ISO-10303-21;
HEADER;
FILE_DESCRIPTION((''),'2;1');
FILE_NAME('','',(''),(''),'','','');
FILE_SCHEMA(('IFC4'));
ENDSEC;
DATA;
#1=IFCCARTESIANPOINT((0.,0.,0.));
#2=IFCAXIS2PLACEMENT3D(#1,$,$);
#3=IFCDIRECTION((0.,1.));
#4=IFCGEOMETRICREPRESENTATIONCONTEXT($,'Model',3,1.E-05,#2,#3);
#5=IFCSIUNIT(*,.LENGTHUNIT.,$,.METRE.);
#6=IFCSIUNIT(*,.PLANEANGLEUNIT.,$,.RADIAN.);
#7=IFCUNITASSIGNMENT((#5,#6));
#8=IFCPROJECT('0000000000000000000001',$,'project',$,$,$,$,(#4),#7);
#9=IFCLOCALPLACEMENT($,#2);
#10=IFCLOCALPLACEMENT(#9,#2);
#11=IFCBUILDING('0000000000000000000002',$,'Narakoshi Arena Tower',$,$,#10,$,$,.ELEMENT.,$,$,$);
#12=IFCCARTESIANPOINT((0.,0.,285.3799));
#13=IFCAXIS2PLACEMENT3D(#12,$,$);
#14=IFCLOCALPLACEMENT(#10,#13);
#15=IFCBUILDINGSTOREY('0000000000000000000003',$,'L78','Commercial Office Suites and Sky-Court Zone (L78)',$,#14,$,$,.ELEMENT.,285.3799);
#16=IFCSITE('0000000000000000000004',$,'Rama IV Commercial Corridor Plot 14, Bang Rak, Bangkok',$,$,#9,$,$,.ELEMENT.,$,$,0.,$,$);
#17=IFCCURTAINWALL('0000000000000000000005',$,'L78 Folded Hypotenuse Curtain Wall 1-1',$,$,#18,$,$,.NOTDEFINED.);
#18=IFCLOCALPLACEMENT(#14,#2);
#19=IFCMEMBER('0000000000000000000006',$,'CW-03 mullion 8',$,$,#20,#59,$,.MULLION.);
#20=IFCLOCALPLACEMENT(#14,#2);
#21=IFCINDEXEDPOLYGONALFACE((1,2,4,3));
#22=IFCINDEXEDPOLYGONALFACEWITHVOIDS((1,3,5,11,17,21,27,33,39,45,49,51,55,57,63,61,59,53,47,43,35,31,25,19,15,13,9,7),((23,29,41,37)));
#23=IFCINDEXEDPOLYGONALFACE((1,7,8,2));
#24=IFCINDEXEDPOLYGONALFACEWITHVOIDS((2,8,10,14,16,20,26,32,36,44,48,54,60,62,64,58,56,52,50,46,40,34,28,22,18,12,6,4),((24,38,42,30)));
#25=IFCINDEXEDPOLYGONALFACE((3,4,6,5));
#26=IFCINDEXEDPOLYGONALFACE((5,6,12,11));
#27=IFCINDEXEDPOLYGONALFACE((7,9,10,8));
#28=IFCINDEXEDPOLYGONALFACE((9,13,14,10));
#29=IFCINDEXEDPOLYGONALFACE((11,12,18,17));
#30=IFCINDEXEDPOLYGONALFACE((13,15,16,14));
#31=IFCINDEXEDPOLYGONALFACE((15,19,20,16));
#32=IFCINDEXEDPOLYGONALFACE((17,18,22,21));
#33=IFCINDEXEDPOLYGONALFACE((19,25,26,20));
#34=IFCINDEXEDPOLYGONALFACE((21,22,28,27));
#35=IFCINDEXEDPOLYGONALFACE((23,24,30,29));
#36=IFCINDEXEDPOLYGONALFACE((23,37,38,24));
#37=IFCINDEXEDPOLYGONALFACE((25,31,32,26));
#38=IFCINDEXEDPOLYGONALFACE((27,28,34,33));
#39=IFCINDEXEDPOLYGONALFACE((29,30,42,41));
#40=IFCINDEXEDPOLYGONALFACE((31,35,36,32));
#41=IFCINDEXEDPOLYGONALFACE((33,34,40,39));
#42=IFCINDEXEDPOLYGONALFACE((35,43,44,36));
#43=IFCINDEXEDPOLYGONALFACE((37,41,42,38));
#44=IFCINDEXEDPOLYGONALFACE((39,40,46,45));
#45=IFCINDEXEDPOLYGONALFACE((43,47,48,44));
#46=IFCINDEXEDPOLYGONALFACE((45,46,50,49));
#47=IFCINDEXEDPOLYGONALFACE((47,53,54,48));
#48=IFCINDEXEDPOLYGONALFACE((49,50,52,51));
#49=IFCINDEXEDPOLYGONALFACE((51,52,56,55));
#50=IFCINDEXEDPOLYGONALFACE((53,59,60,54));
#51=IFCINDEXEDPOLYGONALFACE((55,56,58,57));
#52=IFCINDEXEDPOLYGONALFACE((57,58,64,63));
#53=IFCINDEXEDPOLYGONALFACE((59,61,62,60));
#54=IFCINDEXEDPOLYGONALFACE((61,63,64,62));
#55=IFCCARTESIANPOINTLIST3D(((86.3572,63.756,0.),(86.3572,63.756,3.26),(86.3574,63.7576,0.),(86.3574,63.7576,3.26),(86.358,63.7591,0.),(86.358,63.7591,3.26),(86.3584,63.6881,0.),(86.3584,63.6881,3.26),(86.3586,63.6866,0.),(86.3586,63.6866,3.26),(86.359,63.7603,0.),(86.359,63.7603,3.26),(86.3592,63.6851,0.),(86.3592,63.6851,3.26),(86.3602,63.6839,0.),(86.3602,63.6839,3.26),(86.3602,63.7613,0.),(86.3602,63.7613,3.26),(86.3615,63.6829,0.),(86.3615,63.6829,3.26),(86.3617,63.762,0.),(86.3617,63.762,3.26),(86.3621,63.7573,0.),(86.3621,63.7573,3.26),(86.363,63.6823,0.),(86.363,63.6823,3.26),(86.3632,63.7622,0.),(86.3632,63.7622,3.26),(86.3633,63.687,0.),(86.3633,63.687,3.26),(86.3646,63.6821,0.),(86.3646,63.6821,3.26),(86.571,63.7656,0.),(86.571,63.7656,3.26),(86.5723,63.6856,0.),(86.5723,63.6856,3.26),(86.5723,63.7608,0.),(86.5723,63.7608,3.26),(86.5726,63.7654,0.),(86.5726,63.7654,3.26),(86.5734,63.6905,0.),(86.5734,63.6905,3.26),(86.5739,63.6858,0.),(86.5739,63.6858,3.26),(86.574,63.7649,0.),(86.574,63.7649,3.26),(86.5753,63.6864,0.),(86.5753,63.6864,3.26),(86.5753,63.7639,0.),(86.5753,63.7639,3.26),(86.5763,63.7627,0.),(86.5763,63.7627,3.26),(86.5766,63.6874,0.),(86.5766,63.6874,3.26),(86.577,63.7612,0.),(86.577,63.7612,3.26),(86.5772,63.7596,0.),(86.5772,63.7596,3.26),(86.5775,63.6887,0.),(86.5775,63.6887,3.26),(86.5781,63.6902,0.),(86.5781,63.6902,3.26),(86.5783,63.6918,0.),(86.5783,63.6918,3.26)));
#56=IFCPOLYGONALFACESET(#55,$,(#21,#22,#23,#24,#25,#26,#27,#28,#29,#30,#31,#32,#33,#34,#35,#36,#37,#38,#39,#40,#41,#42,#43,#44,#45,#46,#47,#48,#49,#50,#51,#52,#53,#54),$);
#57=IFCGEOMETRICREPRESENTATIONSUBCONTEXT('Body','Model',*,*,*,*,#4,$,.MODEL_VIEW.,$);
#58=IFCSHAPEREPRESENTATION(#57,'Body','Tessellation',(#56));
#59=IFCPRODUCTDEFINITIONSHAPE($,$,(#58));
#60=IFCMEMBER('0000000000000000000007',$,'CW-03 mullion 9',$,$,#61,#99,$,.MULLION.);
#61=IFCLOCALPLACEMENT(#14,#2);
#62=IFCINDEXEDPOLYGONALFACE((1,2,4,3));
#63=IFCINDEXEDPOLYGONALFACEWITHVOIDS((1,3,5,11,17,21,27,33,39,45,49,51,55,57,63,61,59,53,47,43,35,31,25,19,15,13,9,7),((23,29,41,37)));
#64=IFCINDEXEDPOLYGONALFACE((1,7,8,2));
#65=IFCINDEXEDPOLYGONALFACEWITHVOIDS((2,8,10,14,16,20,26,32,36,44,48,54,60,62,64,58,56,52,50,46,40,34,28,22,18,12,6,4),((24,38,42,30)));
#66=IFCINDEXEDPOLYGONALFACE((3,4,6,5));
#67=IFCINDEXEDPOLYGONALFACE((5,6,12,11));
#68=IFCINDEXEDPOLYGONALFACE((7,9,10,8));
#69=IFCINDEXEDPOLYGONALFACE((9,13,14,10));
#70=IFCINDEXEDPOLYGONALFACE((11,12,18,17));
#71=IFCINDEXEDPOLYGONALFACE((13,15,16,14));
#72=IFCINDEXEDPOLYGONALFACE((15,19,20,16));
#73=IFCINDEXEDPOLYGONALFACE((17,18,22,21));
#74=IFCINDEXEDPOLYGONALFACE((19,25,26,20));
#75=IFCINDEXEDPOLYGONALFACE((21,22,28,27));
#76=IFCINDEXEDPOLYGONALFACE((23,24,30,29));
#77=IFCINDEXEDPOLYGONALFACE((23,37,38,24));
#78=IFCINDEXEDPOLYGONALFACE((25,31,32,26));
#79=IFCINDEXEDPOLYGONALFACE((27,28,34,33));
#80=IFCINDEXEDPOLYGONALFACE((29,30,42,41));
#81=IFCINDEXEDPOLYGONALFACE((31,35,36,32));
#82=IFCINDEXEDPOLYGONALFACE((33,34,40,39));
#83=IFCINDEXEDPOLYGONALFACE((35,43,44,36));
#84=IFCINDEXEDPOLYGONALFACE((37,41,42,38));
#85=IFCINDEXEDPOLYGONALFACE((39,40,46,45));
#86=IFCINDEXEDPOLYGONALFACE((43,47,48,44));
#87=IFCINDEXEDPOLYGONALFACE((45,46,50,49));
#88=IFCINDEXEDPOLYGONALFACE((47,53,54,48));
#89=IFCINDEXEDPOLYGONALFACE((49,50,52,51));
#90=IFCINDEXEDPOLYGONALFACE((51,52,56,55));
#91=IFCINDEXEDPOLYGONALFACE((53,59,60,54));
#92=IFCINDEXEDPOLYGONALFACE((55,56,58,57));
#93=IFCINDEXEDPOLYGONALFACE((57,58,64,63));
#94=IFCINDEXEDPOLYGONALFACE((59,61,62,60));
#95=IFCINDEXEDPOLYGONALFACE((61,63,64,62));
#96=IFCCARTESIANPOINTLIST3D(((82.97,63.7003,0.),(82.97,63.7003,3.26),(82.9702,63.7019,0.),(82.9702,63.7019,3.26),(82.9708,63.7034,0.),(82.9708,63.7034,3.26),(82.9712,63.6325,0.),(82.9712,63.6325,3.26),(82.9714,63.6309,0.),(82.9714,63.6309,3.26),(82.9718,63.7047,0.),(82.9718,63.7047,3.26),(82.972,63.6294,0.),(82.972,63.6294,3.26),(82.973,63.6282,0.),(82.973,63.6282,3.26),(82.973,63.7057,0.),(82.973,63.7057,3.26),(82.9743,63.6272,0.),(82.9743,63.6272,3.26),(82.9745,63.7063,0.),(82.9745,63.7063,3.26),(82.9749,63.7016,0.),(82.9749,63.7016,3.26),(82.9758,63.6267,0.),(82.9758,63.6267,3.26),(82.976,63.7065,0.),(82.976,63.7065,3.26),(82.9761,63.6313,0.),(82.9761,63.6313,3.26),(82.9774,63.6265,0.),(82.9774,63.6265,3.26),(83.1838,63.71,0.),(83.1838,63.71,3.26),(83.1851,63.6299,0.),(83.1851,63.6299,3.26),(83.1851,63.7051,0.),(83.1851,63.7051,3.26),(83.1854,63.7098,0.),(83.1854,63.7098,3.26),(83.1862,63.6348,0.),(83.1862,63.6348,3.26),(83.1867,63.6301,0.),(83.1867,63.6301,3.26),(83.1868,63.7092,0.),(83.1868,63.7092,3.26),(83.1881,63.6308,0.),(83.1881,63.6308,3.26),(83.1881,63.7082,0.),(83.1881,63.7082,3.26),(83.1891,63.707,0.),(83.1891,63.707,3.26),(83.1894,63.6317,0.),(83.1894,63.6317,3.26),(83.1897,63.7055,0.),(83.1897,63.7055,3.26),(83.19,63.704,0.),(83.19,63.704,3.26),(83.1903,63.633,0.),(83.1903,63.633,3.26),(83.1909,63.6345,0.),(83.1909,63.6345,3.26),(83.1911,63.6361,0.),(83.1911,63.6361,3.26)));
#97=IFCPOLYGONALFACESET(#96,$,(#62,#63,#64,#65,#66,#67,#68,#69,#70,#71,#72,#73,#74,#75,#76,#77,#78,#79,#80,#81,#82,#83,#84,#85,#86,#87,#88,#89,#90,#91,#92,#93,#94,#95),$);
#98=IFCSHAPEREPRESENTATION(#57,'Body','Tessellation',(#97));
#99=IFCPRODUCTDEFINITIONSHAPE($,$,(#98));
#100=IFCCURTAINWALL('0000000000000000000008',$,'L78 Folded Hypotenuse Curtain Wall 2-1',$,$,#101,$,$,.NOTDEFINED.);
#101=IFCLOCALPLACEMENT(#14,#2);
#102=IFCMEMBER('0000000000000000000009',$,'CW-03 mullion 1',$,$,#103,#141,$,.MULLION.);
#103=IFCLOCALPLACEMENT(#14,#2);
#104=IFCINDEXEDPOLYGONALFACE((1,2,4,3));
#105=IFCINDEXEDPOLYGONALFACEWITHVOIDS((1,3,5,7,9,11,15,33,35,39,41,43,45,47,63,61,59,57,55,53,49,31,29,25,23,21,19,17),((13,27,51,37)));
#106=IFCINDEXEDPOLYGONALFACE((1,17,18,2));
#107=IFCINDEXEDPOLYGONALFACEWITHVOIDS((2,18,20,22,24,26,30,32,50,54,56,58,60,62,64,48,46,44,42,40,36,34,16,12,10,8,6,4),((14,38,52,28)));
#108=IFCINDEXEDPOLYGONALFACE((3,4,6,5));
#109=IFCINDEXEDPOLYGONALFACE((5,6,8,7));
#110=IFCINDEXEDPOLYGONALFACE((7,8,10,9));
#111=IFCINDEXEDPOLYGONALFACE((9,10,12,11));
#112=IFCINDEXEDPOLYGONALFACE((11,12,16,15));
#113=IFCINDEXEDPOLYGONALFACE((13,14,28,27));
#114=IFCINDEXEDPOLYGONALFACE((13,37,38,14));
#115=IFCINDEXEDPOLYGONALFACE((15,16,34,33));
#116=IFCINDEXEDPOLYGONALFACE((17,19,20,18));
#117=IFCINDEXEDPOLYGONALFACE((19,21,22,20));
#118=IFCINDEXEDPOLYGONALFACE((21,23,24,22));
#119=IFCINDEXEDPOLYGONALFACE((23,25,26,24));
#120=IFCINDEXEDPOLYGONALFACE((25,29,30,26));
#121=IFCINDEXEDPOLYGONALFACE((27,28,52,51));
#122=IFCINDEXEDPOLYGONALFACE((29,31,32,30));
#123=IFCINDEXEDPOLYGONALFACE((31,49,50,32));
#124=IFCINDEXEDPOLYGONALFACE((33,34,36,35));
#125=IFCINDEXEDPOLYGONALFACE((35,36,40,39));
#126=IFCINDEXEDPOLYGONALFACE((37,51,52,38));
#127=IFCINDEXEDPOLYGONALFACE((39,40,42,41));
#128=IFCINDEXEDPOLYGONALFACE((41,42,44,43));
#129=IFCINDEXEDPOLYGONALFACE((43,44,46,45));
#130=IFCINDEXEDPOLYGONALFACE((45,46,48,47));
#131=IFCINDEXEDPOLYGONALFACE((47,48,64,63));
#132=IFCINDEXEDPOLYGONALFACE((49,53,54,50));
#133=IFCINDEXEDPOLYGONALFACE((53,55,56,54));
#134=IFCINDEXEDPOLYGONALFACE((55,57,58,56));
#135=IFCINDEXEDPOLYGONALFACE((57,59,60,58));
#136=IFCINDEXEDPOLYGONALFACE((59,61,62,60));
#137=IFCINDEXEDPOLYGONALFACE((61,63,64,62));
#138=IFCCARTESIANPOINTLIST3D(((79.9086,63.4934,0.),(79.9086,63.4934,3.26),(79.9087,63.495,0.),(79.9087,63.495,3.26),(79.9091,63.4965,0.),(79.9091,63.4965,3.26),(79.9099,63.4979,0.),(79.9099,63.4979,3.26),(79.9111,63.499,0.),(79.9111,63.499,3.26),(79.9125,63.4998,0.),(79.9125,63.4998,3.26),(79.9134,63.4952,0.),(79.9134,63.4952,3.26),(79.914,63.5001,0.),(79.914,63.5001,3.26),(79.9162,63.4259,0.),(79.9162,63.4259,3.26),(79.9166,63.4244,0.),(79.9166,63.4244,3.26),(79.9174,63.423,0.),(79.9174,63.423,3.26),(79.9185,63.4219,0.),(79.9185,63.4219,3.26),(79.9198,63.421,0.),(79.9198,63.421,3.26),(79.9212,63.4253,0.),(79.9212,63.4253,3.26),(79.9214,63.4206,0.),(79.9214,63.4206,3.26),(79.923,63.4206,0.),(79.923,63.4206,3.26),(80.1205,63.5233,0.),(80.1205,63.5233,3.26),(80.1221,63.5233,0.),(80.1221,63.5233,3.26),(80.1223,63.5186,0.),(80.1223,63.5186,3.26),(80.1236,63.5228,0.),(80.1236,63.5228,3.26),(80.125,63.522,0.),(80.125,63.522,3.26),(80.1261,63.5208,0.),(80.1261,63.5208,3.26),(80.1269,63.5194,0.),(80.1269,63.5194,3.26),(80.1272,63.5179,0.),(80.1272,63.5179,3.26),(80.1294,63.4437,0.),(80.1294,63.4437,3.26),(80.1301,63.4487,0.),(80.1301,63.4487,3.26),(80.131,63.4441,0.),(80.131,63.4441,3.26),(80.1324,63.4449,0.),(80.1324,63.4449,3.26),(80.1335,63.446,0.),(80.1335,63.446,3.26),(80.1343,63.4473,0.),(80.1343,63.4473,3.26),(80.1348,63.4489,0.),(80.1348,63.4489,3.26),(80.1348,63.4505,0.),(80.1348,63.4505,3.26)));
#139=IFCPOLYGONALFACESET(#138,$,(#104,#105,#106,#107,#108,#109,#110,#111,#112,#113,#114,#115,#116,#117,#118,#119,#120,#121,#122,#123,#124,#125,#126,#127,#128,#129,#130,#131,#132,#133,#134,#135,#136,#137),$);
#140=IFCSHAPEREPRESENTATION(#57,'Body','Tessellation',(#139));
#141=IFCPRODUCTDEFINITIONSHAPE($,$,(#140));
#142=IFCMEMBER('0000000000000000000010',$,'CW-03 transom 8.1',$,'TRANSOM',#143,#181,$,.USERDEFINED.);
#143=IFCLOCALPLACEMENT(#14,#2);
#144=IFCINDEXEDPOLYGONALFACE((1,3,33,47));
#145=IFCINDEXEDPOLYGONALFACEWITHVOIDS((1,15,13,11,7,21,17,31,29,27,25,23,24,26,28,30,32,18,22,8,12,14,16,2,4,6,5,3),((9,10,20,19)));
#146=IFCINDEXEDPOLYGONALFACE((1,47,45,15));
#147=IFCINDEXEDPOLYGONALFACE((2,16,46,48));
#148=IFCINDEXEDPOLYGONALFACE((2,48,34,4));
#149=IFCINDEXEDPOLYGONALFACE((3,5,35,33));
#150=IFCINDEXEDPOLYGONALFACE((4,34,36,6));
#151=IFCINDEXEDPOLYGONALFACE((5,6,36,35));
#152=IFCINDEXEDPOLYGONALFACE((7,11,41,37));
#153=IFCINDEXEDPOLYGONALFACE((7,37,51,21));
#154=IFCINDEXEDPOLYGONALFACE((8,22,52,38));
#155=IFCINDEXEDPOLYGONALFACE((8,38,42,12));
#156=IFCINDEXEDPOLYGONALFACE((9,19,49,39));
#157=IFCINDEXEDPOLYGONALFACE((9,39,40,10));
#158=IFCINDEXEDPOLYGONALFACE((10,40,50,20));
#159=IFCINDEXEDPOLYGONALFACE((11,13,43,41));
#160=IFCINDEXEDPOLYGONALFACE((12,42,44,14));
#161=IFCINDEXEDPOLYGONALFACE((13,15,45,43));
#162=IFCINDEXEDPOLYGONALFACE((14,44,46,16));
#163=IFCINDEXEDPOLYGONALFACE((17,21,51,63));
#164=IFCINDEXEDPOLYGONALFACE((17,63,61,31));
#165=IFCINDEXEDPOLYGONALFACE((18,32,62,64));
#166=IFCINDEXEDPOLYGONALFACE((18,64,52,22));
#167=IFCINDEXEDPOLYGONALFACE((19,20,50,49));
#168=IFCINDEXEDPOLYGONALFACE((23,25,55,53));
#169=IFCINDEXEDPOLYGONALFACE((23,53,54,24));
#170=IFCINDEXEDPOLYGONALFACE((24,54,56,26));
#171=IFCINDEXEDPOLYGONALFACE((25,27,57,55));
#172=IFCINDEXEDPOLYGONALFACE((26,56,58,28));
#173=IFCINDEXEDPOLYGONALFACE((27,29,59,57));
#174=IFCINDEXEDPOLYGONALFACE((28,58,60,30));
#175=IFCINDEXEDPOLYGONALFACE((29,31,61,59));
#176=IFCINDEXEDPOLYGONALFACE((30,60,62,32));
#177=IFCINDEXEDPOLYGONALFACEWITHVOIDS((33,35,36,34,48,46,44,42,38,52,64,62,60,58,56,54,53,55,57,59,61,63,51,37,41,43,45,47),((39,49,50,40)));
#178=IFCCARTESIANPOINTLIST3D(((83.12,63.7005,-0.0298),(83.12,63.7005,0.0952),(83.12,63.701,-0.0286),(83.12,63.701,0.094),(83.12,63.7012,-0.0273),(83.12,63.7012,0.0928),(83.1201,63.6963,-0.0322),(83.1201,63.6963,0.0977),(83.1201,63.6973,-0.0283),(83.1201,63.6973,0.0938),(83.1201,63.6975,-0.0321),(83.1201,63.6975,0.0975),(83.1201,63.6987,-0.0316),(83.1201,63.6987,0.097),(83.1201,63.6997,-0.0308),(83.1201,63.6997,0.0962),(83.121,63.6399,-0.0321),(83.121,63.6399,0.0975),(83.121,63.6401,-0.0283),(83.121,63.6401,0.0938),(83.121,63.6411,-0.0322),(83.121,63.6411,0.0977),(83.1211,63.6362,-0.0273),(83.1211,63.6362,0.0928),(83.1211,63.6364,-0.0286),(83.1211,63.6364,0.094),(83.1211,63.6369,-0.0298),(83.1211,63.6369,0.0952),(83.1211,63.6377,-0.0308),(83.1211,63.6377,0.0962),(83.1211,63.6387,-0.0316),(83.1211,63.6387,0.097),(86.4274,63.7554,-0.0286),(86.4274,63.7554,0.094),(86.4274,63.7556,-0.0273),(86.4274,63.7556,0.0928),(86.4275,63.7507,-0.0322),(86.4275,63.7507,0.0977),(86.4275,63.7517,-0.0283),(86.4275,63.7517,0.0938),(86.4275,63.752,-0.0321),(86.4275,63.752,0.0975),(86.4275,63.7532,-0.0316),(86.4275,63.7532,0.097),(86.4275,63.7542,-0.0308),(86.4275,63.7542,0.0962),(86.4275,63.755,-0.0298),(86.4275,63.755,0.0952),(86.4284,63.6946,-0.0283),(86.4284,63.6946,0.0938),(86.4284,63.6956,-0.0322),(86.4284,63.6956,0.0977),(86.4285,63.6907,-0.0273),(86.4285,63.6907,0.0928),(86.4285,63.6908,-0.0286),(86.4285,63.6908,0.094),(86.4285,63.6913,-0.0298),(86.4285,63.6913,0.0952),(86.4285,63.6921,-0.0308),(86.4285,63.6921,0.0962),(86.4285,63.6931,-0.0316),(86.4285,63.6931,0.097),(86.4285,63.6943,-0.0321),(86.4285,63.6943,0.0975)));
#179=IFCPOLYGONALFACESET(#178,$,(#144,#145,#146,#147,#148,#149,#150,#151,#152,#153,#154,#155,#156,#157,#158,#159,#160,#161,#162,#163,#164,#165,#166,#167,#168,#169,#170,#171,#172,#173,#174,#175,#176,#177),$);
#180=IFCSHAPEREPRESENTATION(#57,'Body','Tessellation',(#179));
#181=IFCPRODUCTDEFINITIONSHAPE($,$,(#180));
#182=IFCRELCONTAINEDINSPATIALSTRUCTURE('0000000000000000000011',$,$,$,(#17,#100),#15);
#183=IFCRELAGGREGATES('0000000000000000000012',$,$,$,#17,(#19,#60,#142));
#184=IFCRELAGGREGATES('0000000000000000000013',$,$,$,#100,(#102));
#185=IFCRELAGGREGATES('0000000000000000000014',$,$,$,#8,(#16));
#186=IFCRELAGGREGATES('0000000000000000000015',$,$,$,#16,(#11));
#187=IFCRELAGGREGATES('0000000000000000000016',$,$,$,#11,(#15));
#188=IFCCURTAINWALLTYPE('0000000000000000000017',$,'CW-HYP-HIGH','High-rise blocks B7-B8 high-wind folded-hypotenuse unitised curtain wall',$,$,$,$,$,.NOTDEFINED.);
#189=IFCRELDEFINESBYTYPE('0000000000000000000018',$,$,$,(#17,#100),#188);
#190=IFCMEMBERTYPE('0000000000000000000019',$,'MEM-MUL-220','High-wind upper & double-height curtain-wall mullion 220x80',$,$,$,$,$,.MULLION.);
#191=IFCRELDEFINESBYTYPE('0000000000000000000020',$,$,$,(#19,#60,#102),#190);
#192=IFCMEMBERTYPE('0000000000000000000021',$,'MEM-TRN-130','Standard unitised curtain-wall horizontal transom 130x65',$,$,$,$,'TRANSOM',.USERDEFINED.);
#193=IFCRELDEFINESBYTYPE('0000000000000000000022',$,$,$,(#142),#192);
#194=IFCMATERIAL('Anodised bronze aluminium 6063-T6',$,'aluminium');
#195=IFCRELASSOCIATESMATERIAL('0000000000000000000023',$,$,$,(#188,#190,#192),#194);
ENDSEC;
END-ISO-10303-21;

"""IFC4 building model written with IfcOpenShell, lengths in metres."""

from ifc_helpers import new_model, si_unit, direction, frame, origin, origin_2d, place, context, subcontext, project, spatial, hollow_rectangle, extrude, material, material_profile, profile_set, type_object, element, aggregate, save


model = new_model("IFC4")

# Units and contexts
model_context = context("Model", 3, precision=1e-05, world=origin(), true_north=direction((0.0, 1.0)))
body_context = subcontext(model_context, "Body", "Model", "MODEL_VIEW")
ifc_project = project(units=[si_unit("LENGTHUNIT", "METRE"), si_unit("PLANEANGLEUNIT", "RADIAN")], contexts=[model_context])

# Site, building, storey
site_placement = place(None, origin())
site = spatial("IfcSite", under=ifc_project, at=site_placement, Name="Rama IV Commercial Corridor Plot 14, Bang Rak, Bangkok", CompositionType="ELEMENT", RefElevation=0.0)
building_placement = place(site_placement, origin())
building = spatial("IfcBuilding", under=site, at=building_placement, Name="Narakoshi Arena Tower", CompositionType="ELEMENT")
storey_placement = place(building_placement, frame((0.0, 0.0, 285.3799)))
storey = spatial("IfcBuildingStorey", under=building, at=storey_placement, Name="L78", Description="Commercial Office Suites and Sky-Court Zone (L78)", CompositionType="ELEMENT", Elevation=285.3799)

# Curtain wall, members
ifc_material_1 = material(Name="Anodised bronze aluminium 6063-T6", Category="aluminium")
curtain_wall_type = type_object("IfcCurtainWallType", Name="CW-HYP-HIGH", Description="High-rise blocks B7-B8 high-wind folded-hypotenuse unitised curtain wall", PredefinedType="NOTDEFINED", material=ifc_material_1)
curtain_wall_1_placement = place(storey_placement, origin())
curtain_wall_1 = element("IfcCurtainWall", 1, at=curtain_wall_1_placement, inside=storey, type_object=curtain_wall_type, Name="L78 Folded Hypotenuse Curtain Wall 1-1", PredefinedType="NOTDEFINED")
ifc_material_profile_1 = material_profile(ifc_material_1, hollow_rectangle(XDim=0.0801, YDim=0.22, WallThickness=0.0049, OuterFilletRadius=0.0061, at=origin_2d()), Name="MUL220x80x5")
ifc_profile_set_1 = profile_set([ifc_material_profile_1], Name="Anodised bronze aluminium 6063-T6")
member_type_1 = type_object("IfcMemberType", Name="MEM-MUL-220", Description="High-wind upper & double-height curtain-wall mullion 220x80", PredefinedType="MULLION", material=ifc_profile_set_1)
member_1_placement = place(storey_placement, frame((86.4678, 63.7239, 0.0), z_axis=(0.0, 0.0, 1.0), x_axis=(0.016443, -0.999865, 0.0)))
member_1 = element("IfcMember", 2, at=member_1_placement, type_object=member_type_1, Name="CW-03 mullion 8", PredefinedType="MULLION", context=body_context, shape_type="SweptSolid", body=[
    extrude(hollow_rectangle(XDim=0.0801, YDim=0.22, WallThickness=0.0049, OuterFilletRadius=0.0061, at=origin_2d()), origin(), (0.0, 0.0, 1.0), 3.26),
])
member_2_placement = place(storey_placement, frame((83.0806, 63.6682, 0.0), z_axis=(0.0, 0.0, 1.0), x_axis=(0.016443, -0.999865, 0.0)))
member_2 = element("IfcMember", 3, at=member_2_placement, type_object=member_type_1, Name="CW-03 mullion 9", PredefinedType="MULLION", context=body_context, shape_type="SweptSolid", body=[
    extrude(hollow_rectangle(XDim=0.0801, YDim=0.22, WallThickness=0.0049, OuterFilletRadius=0.0061, at=origin_2d()), origin(), (0.0, 0.0, 1.0), 3.26),
])

# Curtain wall, member
curtain_wall_2_placement = place(storey_placement, origin())
curtain_wall_2 = element("IfcCurtainWall", 4, at=curtain_wall_2_placement, inside=storey, type_object=curtain_wall_type, Name="L78 Folded Hypotenuse Curtain Wall 2-1", PredefinedType="NOTDEFINED")
member_3_placement = place(storey_placement, frame((80.0217, 63.4719, 0.0), z_axis=(0.0, 0.0, 1.0), x_axis=(0.111396, -0.993776, 0.0)))
member_3 = element("IfcMember", 5, at=member_3_placement, type_object=member_type_1, Name="CW-03 mullion 1", PredefinedType="MULLION", context=body_context, shape_type="SweptSolid", body=[
    extrude(hollow_rectangle(XDim=0.0801, YDim=0.22, WallThickness=0.0049, OuterFilletRadius=0.0061, at=origin_2d()), origin(), (0.0, 0.0, 1.0), 3.26),
])

# Member
ifc_material_profile_2 = material_profile(ifc_material_1, hollow_rectangle(XDim=0.0649, YDim=0.1299, WallThickness=0.0039, OuterFilletRadius=0.0049, at=origin_2d()), Name="TRN130x65x4")
ifc_profile_set_2 = profile_set([ifc_material_profile_2], Name="Anodised bronze aluminium 6063-T6")
member_type_2 = type_object("IfcMemberType", Name="MEM-TRN-130", Description="Standard unitised curtain-wall horizontal transom 130x65", ElementType="TRANSOM", PredefinedType="USERDEFINED", material=ifc_profile_set_2)
member_4_placement = place(storey_placement, frame((86.428, 63.7231, 0.0327), z_axis=(-0.999865, -0.016459, 0.0), x_axis=(0.016459, -0.999865, 0.0)))
member_4 = element("IfcMember", 6, at=member_4_placement, type_object=member_type_2, Name="CW-03 transom 8.1", ObjectType="TRANSOM", PredefinedType="USERDEFINED", context=body_context, shape_type="SweptSolid", body=[
    extrude(hollow_rectangle(XDim=0.0649, YDim=0.1299, WallThickness=0.0039, OuterFilletRadius=0.0049, at=origin_2d()), origin(), (0.0, 0.0, 1.0), 3.3079),
])

aggregate(curtain_wall_1, [member_1, member_2, member_4])
aggregate(curtain_wall_2, [member_3])

save(model, "model.ifc")
